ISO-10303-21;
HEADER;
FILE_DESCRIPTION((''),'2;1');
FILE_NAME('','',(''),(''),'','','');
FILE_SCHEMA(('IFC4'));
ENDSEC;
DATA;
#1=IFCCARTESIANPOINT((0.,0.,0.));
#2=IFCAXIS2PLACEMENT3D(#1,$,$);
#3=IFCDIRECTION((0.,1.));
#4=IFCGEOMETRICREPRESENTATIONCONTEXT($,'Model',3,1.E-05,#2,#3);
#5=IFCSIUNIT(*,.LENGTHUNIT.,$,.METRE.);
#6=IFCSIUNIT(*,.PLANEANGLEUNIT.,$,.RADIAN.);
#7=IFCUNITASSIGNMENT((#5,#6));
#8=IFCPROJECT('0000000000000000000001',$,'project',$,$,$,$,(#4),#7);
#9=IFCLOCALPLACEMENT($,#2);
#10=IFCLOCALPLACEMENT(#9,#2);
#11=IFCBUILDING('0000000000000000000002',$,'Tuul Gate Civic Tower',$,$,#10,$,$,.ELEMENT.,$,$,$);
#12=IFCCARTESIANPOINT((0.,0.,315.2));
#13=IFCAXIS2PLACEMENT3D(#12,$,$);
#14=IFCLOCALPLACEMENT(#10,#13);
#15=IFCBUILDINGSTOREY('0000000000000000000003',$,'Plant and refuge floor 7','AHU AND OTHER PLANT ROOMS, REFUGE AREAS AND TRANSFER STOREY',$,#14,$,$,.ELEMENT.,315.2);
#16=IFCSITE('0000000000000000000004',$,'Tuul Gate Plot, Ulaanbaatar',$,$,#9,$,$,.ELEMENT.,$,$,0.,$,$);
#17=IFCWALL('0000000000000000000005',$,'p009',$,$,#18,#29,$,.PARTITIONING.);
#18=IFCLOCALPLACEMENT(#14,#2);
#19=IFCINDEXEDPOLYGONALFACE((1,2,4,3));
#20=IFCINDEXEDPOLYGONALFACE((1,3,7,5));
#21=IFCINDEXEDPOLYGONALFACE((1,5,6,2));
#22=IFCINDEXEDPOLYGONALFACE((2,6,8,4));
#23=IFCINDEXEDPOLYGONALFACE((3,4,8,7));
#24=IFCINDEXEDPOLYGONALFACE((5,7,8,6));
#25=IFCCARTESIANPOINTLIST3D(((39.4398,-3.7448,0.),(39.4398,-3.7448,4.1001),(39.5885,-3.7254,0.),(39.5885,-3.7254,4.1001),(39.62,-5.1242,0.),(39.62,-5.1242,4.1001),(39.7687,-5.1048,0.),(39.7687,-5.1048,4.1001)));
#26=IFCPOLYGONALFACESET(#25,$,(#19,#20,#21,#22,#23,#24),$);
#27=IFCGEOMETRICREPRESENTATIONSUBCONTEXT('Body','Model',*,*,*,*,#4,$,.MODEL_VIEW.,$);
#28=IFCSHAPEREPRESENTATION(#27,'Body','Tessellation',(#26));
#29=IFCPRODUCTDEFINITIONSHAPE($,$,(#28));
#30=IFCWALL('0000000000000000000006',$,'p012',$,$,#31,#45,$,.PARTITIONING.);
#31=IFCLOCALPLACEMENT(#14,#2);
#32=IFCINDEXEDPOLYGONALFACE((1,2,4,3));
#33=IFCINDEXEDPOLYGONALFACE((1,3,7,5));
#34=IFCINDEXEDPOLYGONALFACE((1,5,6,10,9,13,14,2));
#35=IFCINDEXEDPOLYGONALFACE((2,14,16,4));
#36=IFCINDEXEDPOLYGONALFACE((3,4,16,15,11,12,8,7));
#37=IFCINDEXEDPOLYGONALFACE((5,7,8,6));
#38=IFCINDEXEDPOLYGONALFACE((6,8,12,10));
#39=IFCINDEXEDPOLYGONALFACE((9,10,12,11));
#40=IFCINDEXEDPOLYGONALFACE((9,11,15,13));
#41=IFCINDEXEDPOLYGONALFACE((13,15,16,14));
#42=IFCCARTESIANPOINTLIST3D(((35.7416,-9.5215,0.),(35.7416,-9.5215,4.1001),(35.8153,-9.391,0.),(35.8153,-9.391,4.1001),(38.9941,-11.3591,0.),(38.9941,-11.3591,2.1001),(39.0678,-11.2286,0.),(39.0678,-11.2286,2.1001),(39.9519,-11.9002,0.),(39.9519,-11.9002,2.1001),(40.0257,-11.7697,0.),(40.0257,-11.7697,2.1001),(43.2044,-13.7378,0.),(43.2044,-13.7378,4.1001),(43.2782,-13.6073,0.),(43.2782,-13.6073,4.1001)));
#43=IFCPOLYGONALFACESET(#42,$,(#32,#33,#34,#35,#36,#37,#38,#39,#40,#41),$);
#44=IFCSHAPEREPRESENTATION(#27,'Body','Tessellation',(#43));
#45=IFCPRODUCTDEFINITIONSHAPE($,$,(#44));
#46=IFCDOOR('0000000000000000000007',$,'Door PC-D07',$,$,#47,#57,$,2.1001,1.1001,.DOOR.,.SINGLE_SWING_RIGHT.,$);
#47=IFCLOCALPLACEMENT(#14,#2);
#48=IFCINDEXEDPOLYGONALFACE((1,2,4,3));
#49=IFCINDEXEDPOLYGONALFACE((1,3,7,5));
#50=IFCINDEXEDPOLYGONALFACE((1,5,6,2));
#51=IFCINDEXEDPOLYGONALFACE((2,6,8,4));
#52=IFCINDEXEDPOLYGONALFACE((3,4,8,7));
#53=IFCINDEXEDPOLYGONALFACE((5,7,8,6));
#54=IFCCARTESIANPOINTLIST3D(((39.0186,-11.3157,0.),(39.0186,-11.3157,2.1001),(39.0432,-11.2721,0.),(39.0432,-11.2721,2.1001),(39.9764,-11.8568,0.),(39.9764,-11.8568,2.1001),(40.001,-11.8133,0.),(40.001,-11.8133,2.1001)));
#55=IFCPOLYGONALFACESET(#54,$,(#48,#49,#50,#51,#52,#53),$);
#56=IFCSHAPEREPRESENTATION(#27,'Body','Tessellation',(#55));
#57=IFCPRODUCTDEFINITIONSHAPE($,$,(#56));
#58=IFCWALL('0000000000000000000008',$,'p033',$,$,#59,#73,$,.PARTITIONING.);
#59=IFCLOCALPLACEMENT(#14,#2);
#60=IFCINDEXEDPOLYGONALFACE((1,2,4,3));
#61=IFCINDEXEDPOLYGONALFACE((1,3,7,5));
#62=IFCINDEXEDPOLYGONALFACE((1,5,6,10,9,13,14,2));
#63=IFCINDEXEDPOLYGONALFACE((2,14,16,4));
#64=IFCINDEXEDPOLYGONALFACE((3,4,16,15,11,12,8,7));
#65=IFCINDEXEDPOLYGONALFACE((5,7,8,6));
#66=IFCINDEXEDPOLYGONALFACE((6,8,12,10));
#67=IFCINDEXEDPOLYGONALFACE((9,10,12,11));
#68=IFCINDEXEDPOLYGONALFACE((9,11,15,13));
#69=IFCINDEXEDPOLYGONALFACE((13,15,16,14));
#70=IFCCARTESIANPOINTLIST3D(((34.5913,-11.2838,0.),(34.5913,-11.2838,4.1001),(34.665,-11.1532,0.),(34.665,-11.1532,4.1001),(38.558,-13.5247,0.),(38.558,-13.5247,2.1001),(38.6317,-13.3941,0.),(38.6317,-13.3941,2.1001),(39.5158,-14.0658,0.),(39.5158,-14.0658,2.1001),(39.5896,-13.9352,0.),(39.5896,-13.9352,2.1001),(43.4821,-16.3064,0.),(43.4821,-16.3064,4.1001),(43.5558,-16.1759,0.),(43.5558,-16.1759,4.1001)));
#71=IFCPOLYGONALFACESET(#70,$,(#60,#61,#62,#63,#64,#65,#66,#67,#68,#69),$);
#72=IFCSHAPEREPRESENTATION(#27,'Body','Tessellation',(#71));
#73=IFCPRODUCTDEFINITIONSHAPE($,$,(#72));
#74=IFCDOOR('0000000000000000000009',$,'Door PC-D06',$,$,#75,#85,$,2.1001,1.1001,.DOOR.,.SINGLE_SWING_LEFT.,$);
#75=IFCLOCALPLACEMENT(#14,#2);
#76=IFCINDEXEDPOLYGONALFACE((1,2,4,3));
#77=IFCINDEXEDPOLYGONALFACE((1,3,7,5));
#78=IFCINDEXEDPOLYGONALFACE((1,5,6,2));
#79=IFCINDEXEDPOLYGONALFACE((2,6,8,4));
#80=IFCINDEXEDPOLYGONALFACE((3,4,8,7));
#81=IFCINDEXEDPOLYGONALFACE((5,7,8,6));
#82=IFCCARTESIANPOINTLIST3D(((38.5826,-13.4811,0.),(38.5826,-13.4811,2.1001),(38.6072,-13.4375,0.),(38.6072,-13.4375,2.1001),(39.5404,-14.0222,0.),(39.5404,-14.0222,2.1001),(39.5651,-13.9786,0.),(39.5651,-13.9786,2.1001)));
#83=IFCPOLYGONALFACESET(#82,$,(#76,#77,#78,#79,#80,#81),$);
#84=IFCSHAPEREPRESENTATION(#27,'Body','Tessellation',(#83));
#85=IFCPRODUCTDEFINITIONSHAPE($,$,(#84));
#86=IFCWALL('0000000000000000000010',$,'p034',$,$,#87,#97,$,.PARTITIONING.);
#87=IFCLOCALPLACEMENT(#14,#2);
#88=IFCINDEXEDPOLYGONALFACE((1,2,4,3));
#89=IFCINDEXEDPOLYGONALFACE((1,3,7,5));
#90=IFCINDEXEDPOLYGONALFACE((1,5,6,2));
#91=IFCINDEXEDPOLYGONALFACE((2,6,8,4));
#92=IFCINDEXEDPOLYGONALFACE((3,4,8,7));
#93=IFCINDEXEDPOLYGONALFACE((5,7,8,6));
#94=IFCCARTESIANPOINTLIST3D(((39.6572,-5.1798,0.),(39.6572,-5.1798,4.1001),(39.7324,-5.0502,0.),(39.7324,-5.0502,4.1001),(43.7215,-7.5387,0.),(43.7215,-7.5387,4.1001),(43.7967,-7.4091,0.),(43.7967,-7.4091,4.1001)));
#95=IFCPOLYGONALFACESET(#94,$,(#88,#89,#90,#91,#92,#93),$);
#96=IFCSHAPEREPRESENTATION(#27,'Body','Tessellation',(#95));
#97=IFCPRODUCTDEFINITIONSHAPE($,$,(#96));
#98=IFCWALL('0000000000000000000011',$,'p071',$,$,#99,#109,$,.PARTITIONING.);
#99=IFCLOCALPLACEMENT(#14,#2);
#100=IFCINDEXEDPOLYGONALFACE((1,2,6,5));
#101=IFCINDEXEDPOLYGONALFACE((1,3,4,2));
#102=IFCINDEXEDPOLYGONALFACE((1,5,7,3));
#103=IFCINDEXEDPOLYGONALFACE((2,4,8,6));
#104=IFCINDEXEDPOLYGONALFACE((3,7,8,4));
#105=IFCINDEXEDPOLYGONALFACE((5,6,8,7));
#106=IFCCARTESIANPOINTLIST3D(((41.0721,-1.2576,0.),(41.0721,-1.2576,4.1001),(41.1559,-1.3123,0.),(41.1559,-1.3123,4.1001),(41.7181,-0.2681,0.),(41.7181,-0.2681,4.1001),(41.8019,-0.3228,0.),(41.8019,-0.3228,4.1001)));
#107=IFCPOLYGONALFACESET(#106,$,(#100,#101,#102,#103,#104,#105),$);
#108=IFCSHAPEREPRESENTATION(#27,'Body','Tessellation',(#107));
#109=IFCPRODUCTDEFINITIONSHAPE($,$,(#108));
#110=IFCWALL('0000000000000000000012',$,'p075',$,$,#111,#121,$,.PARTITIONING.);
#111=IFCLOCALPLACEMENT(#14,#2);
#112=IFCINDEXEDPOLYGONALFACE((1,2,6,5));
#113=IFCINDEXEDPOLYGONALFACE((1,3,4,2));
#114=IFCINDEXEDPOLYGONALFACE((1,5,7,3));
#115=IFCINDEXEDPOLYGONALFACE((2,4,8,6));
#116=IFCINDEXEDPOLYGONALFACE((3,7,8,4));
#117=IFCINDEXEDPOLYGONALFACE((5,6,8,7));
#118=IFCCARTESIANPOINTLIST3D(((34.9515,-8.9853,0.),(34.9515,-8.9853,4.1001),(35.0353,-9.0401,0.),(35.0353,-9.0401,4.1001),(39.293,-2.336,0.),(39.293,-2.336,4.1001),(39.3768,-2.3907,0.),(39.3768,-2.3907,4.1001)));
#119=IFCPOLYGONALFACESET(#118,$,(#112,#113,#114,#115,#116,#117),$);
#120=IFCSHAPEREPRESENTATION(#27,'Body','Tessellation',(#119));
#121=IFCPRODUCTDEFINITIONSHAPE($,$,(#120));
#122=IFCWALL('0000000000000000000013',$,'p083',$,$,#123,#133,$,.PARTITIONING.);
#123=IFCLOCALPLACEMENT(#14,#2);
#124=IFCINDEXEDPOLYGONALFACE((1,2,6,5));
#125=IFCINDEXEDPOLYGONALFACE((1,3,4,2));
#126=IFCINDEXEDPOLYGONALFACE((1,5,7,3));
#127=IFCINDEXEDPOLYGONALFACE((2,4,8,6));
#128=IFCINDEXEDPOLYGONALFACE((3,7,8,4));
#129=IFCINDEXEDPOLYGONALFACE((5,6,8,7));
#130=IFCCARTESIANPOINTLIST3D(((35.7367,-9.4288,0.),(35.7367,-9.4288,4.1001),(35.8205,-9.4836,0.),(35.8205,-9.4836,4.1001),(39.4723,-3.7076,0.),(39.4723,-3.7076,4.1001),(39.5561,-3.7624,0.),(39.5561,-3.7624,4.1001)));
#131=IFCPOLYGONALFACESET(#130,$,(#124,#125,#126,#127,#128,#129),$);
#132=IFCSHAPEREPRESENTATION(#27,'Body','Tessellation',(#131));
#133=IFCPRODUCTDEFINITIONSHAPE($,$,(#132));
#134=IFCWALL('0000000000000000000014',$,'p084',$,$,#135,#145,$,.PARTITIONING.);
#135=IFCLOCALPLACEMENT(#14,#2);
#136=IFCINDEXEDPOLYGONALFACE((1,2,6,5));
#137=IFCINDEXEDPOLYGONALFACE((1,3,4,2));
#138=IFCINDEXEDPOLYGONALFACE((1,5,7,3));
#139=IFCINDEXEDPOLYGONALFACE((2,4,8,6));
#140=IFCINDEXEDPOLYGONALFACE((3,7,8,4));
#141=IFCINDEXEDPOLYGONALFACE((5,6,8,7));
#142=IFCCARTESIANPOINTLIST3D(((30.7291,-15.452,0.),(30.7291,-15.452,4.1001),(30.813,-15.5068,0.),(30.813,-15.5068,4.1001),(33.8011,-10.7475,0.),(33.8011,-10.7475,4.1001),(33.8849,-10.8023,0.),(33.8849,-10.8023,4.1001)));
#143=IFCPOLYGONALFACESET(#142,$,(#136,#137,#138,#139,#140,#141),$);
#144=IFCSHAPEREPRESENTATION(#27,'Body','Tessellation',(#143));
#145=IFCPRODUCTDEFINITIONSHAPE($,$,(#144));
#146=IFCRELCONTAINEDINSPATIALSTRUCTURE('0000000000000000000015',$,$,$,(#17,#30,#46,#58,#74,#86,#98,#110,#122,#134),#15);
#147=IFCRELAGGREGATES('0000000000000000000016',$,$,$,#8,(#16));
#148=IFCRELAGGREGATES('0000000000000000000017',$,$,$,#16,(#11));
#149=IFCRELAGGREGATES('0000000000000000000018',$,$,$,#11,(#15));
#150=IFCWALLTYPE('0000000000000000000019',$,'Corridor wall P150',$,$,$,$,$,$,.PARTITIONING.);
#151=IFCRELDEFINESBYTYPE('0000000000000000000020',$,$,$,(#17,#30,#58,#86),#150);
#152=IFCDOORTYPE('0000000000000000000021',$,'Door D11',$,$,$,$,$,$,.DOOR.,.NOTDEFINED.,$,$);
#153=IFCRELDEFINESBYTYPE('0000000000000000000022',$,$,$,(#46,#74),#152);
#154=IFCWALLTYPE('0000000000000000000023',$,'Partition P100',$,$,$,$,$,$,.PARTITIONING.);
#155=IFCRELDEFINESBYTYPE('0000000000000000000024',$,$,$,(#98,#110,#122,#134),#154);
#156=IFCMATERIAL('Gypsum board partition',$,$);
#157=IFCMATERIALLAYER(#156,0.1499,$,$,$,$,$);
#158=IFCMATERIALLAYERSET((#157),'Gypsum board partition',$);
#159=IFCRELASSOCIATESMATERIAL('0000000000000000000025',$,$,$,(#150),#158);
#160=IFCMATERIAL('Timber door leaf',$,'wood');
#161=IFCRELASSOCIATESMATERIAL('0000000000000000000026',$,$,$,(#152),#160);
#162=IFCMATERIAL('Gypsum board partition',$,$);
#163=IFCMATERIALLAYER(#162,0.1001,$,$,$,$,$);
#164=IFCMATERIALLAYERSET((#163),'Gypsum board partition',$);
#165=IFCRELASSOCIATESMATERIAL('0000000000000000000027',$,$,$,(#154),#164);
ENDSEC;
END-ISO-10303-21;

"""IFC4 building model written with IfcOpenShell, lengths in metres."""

from ifc_helpers import new_model, si_unit, direction, frame, frame_2d, origin, place, context, subcontext, project, spatial, rectangle, extrude, material, layer, layer_set, type_object, element, fill, save


model = new_model("IFC4")

# Units and contexts
model_context = context("Model", 3, precision=1e-05, world=origin(), true_north=direction((0.0, 1.0)))
body_context = subcontext(model_context, "Body", "Model", "MODEL_VIEW")
ifc_project = project(units=[si_unit("LENGTHUNIT", "METRE"), si_unit("PLANEANGLEUNIT", "RADIAN")], contexts=[model_context])

# Site, building, storey
site_placement = place(None, origin())
site = spatial("IfcSite", under=ifc_project, at=site_placement, Name="Tuul Gate Plot, Ulaanbaatar", CompositionType="ELEMENT", RefElevation=0.0)
building_placement = place(site_placement, origin())
building = spatial("IfcBuilding", under=site, at=building_placement, Name="Tuul Gate Civic Tower", CompositionType="ELEMENT")
storey_placement = place(building_placement, frame((0.0, 0.0, 315.2)))
storey = spatial("IfcBuildingStorey", under=building, at=storey_placement, Name="Plant and refuge floor 7", Description="AHU AND OTHER PLANT ROOMS, REFUGE AREAS AND TRANSFER STOREY", CompositionType="ELEMENT", Elevation=315.2)

# Wall
ifc_material_1 = material(Name="Gypsum board partition")
ifc_layer_1 = layer(ifc_material_1, 0.1499)
ifc_layer_set_1 = layer_set([ifc_layer_1], Name="Gypsum board partition")
wall_type_1 = type_object("IfcWallType", Name="Corridor wall P150", PredefinedType="PARTITIONING", material=ifc_layer_set_1)
wall_1_placement = place(storey_placement, frame((39.5142, -3.7351, 0.0), z_axis=(0.0, 0.0, 1.0), x_axis=(0.129519, -0.991577, 0.0)))
element("IfcWall", 1, at=wall_1_placement, inside=storey, type_object=wall_type_1, Name="p009", PredefinedType="PARTITIONING", context=body_context, shape_type="SweptSolid", body=[
    extrude(rectangle(XDim=1.3911, YDim=0.1499, at=frame_2d((0.6956, 0.0))), origin(), (0.0, 0.0, 1.0), 4.1001),
])

# Walls, openings, doors
wall_2_placement = place(storey_placement, frame((35.7786, -9.4563, 0.0), z_axis=(0.0, 0.0, 1.0), x_axis=(0.870655, -0.491894, 0.0)))
wall_2 = element("IfcWall", 2, at=wall_2_placement, inside=storey, type_object=wall_type_1, Name="p012", PredefinedType="PARTITIONING", context=body_context, shape_type="SweptSolid", body=[
    extrude(rectangle(XDim=8.5715, YDim=0.1499, at=frame_2d((4.2856, 0.0))), origin(), (0.0, 0.0, 1.0), 4.1001),
])
opening_1_placement = place(wall_2_placement, frame((3.7356, 0.0, 0.0)))
opening_1 = element("IfcOpeningElement", 3, at=opening_1_placement, cuts=wall_2, PredefinedType="OPENING", context=body_context, shape_type="SweptSolid", body=[
    extrude(rectangle(XDim=1.1001, YDim=2.1001, at=frame_2d((0.55, 1.05))), frame((0.0, 0.085, 0.0), z_axis=(0.0, -1.0, 0.0), x_axis=(1.0, 0.0, 0.0)), (0.0, 0.0, 1.0), 0.1699),
])
ifc_material_2 = material(Name="Timber door leaf", Category="wood")
door_type_1 = type_object("IfcDoorType", Name="Door D11", OperationType="NOTDEFINED", PredefinedType="DOOR", material=ifc_material_2)
door_1_placement = place(opening_1_placement, origin())
door_1 = element("IfcDoor", 4, at=door_1_placement, inside=storey, type_object=door_type_1, Name="Door PC-D07", OperationType="SINGLE_SWING_RIGHT", OverallHeight=2.1001, OverallWidth=1.1001, PredefinedType="DOOR", context=body_context, shape_type="SweptSolid", body=[
    extrude(rectangle(XDim=1.1001, YDim=2.1001, at=frame_2d((0.55, 1.05))), frame((0.0, 0.0249, 0.0), z_axis=(0.0, -1.0, 0.0), x_axis=(1.0, 0.0, 0.0)), (0.0, 0.0, 1.0), 0.05),
])
fill(opening_1, door_1)
wall_3_placement = place(storey_placement, frame((34.6282, -11.2185, 0.0), z_axis=(0.0, 0.0, 1.0), x_axis=(0.870671, -0.491867, 0.0)))
wall_3 = element("IfcWall", 5, at=wall_3_placement, inside=storey, type_object=wall_type_1, Name="p033", PredefinedType="PARTITIONING", context=body_context, shape_type="SweptSolid", body=[
    extrude(rectangle(XDim=10.2114, YDim=0.1499, at=frame_2d((5.1057, 0.0))), origin(), (0.0, 0.0, 1.0), 4.1001),
])
opening_2_placement = place(wall_3_placement, frame((4.5559, 0.0, 0.0)))
opening_2 = element("IfcOpeningElement", 6, at=opening_2_placement, cuts=wall_3, PredefinedType="OPENING", context=body_context, shape_type="SweptSolid", body=[
    extrude(rectangle(XDim=1.1001, YDim=2.1001, at=frame_2d((0.55, 1.05))), frame((0.0, 0.085, 0.0), z_axis=(0.0, -1.0, 0.0), x_axis=(1.0, 0.0, 0.0)), (0.0, 0.0, 1.0), 0.1699),
])
door_2_placement = place(opening_2_placement, frame((1.1001, 0.0, 0.0), z_axis=(0.0, 0.0, 1.0), x_axis=(-1.0, 0.0, 0.0)))
door_2 = element("IfcDoor", 7, at=door_2_placement, inside=storey, type_object=door_type_1, Name="Door PC-D06", OperationType="SINGLE_SWING_LEFT", OverallHeight=2.1001, OverallWidth=1.1001, PredefinedType="DOOR", context=body_context, shape_type="SweptSolid", body=[
    extrude(rectangle(XDim=1.1001, YDim=2.1001, at=frame_2d((0.55, 1.05))), frame((0.0, 0.0249, 0.0), z_axis=(0.0, -1.0, 0.0), x_axis=(1.0, 0.0, 0.0)), (0.0, 0.0, 1.0), 0.05),
])
fill(opening_2, door_2)

# Walls
wall_4_placement = place(storey_placement, frame((39.6948, -5.115, 0.0), z_axis=(0.0, 0.0, 1.0), x_axis=(0.864879, -0.50198, 0.0)))
element("IfcWall", 8, at=wall_4_placement, inside=storey, type_object=wall_type_1, Name="p034", PredefinedType="PARTITIONING", context=body_context, shape_type="SweptSolid", body=[
    extrude(rectangle(XDim=4.6992, YDim=0.1499, at=frame_2d((2.3496, 0.0))), origin(), (0.0, 0.0, 1.0), 4.1001),
])
ifc_material_3 = material(Name="Gypsum board partition")
ifc_layer_2 = layer(ifc_material_3, 0.1001)
ifc_layer_set_2 = layer_set([ifc_layer_2], Name="Gypsum board partition")
wall_type_2 = type_object("IfcWallType", Name="Partition P100", PredefinedType="PARTITIONING", material=ifc_layer_set_2)
wall_5_placement = place(storey_placement, frame((41.114, -1.2849, 0.0), z_axis=(0.0, 0.0, 1.0), x_axis=(0.546665, 0.837352, 0.0)))
element("IfcWall", 9, at=wall_5_placement, inside=storey, type_object=wall_type_2, Name="p071", PredefinedType="PARTITIONING", context=body_context, shape_type="SweptSolid", body=[
    extrude(rectangle(XDim=1.1816, YDim=0.1001, at=frame_2d((0.5908, 0.0))), origin(), (0.0, 0.0, 1.0), 4.1001),
])
wall_6_placement = place(storey_placement, frame((39.335, -2.3633, 0.0), z_axis=(0.0, 0.0, 1.0), x_axis=(-0.546708, -0.837324, 0.0)))
element("IfcWall", 10, at=wall_6_placement, inside=storey, type_object=wall_type_2, Name="p075", PredefinedType="PARTITIONING", context=body_context, shape_type="SweptSolid", body=[
    extrude(rectangle(XDim=7.9412, YDim=0.1001, at=frame_2d((3.9707, 0.0))), origin(), (0.0, 0.0, 1.0), 4.1001),
])
wall_7_placement = place(storey_placement, frame((35.7786, -9.4563, 0.0), z_axis=(0.0, 0.0, 1.0), x_axis=(0.546718, 0.837317, 0.0)))
element("IfcWall", 11, at=wall_7_placement, inside=storey, type_object=wall_type_2, Name="p083", PredefinedType="PARTITIONING", context=body_context, shape_type="SweptSolid", body=[
    extrude(rectangle(XDim=6.8328, YDim=0.1001, at=frame_2d((3.4165, 0.0))), origin(), (0.0, 0.0, 1.0), 4.1001),
])
wall_8_placement = place(storey_placement, frame((33.843, -10.7749, 0.0), z_axis=(0.0, 0.0, 1.0), x_axis=(-0.546744, -0.8373, 0.0)))
element("IfcWall", 12, at=wall_8_placement, inside=storey, type_object=wall_type_2, Name="p084", PredefinedType="PARTITIONING", context=body_context, shape_type="SweptSolid", body=[
    extrude(rectangle(XDim=5.6187, YDim=0.1001, at=frame_2d((2.8093, 0.0))), origin(), (0.0, 0.0, 1.0), 4.1001),
])

save(model, "model.ifc")
